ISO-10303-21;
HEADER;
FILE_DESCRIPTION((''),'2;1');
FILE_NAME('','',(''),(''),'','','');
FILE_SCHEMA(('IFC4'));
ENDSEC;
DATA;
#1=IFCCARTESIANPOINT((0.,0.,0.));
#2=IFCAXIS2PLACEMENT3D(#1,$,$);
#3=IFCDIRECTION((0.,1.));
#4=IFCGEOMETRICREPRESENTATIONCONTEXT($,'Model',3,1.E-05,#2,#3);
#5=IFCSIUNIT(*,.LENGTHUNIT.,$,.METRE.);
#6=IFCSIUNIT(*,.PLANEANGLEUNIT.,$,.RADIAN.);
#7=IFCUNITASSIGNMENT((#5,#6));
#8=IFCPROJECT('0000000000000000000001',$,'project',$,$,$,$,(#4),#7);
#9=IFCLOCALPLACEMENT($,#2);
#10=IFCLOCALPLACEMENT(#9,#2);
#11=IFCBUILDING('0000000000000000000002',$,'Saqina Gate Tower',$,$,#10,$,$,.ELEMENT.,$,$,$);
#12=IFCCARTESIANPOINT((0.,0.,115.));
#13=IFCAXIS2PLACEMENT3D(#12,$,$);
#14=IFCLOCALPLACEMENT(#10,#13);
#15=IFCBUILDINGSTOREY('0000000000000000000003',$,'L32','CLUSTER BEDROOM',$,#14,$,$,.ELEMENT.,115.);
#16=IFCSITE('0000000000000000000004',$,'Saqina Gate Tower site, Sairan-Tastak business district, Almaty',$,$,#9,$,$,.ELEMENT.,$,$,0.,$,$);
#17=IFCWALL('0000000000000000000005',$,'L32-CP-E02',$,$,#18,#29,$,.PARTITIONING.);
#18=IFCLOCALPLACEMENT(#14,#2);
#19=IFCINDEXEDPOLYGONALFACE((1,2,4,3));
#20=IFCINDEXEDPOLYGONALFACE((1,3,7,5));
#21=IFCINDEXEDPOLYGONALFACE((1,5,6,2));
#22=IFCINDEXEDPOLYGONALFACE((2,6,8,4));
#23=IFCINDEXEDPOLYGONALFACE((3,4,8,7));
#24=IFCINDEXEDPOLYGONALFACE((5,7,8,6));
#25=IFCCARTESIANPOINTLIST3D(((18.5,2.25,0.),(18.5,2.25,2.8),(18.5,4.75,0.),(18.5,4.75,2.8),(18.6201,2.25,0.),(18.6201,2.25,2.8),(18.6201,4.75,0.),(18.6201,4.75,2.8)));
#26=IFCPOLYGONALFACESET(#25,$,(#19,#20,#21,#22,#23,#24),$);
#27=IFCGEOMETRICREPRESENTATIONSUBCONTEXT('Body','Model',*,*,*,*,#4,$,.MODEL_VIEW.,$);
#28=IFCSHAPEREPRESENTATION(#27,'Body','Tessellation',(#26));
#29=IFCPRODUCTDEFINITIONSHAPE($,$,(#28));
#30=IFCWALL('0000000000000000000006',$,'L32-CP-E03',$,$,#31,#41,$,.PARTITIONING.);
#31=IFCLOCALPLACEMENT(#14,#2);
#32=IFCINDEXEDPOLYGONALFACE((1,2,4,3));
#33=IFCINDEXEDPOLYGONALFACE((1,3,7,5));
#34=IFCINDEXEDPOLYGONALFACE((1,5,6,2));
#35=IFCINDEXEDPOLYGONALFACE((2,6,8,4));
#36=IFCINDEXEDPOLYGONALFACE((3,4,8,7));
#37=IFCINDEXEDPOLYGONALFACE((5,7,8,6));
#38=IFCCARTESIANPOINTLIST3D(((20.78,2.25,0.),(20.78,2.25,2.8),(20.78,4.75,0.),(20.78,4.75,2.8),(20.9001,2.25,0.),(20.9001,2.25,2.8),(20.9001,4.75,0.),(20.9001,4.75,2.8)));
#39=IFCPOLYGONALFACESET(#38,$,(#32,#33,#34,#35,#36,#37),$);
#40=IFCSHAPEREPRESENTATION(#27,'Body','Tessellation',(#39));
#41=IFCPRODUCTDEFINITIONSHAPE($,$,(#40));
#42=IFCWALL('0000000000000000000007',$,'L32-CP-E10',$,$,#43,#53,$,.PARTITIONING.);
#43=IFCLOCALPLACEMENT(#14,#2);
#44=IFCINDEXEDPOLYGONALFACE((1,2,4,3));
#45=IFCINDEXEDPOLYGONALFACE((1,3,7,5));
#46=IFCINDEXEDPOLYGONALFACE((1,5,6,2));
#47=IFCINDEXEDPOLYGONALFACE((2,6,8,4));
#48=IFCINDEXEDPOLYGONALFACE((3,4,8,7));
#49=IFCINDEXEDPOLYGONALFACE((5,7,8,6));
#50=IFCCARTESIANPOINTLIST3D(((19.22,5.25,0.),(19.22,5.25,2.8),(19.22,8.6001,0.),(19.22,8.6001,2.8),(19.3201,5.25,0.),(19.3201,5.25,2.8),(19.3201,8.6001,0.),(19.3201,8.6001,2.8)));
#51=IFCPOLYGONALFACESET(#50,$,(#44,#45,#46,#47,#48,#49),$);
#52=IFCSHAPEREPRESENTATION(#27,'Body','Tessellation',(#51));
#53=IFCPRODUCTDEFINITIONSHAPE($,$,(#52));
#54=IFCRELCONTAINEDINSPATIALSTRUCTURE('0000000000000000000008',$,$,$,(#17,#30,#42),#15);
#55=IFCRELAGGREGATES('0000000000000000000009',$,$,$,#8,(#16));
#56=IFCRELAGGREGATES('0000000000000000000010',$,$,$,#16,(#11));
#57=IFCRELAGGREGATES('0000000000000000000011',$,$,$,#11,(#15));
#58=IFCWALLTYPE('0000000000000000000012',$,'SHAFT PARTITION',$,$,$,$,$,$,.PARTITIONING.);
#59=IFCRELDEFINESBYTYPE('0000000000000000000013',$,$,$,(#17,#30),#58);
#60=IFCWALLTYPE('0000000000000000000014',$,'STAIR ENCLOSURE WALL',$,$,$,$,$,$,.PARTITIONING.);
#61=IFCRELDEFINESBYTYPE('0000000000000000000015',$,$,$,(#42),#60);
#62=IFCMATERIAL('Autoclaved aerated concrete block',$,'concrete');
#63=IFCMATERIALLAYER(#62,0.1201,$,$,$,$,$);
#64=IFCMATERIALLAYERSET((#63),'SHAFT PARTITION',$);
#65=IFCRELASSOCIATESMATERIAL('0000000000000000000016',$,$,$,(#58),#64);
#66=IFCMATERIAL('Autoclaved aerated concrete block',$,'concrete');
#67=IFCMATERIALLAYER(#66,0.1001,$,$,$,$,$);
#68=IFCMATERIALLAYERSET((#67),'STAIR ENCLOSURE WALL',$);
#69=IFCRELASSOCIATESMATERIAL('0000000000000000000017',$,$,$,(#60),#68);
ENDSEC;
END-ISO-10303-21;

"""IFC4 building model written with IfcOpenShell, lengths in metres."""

from ifc_helpers import new_model, si_unit, direction, frame, frame_2d, origin, place, context, subcontext, project, spatial, rectangle, extrude, material, layer, layer_set, type_object, element, save


model = new_model("IFC4")

# Units and contexts
model_context = context("Model", 3, precision=1e-05, world=origin(), true_north=direction((0.0, 1.0)))
body_context = subcontext(model_context, "Body", "Model", "MODEL_VIEW")
ifc_project = project(units=[si_unit("LENGTHUNIT", "METRE"), si_unit("PLANEANGLEUNIT", "RADIAN")], contexts=[model_context])

# Site, building, storey
site_placement = place(None, origin())
site = spatial("IfcSite", under=ifc_project, at=site_placement, Name="Saqina Gate Tower site, Sairan-Tastak business district, Almaty", CompositionType="ELEMENT", RefElevation=0.0)
building_placement = place(site_placement, origin())
building = spatial("IfcBuilding", under=site, at=building_placement, Name="Saqina Gate Tower", CompositionType="ELEMENT")
storey_placement = place(building_placement, frame((0.0, 0.0, 115.0)))
storey = spatial("IfcBuildingStorey", under=building, at=storey_placement, Name="L32", Description="CLUSTER BEDROOM", CompositionType="ELEMENT", Elevation=115.0)

# Walls
ifc_material_1 = material(Name="Autoclaved aerated concrete block", Category="concrete")
ifc_layer_1 = layer(ifc_material_1, 0.1201)
ifc_layer_set_1 = layer_set([ifc_layer_1], Name="SHAFT PARTITION")
wall_type_1 = type_object("IfcWallType", Name="SHAFT PARTITION", PredefinedType="PARTITIONING", material=ifc_layer_set_1)
for number, where, z_axis, x_axis, name in (
    (1, (18.5601, 2.25, 0.0), (0.0, 0.0, 1.0), (0.0, 1.0, 0.0), "L32-CP-E02"),
    (2, (20.8401, 2.25, 0.0), (0.0, 0.0, 1.0), (0.0, 1.0, 0.0), "L32-CP-E03"),
):
    element("IfcWall", number, at=place(storey_placement, frame(where, z_axis=z_axis, x_axis=x_axis)), inside=storey, type_object=wall_type_1, Name=name, PredefinedType="PARTITIONING", context=body_context, shape_type="SweptSolid", body=[
        extrude(rectangle(XDim=2.5, YDim=0.1201, at=frame_2d((1.25, 0.0))), origin(), (0.0, 0.0, 1.0), 2.8),
    ])
ifc_material_2 = material(Name="Autoclaved aerated concrete block", Category="concrete")
ifc_layer_2 = layer(ifc_material_2, 0.1001)
ifc_layer_set_2 = layer_set([ifc_layer_2], Name="STAIR ENCLOSURE WALL")
wall_type_2 = type_object("IfcWallType", Name="STAIR ENCLOSURE WALL", PredefinedType="PARTITIONING", material=ifc_layer_set_2)
wall_1_placement = place(storey_placement, frame((19.27, 5.25, 0.0), z_axis=(0.0, 0.0, 1.0), x_axis=(0.0, 1.0, 0.0)))
element("IfcWall", 3, at=wall_1_placement, inside=storey, type_object=wall_type_2, Name="L32-CP-E10", PredefinedType="PARTITIONING", context=body_context, shape_type="SweptSolid", body=[
    extrude(rectangle(XDim=3.3501, YDim=0.1001, at=frame_2d((1.675, 0.0))), origin(), (0.0, 0.0, 1.0), 2.8),
])

save(model, "model.ifc")
